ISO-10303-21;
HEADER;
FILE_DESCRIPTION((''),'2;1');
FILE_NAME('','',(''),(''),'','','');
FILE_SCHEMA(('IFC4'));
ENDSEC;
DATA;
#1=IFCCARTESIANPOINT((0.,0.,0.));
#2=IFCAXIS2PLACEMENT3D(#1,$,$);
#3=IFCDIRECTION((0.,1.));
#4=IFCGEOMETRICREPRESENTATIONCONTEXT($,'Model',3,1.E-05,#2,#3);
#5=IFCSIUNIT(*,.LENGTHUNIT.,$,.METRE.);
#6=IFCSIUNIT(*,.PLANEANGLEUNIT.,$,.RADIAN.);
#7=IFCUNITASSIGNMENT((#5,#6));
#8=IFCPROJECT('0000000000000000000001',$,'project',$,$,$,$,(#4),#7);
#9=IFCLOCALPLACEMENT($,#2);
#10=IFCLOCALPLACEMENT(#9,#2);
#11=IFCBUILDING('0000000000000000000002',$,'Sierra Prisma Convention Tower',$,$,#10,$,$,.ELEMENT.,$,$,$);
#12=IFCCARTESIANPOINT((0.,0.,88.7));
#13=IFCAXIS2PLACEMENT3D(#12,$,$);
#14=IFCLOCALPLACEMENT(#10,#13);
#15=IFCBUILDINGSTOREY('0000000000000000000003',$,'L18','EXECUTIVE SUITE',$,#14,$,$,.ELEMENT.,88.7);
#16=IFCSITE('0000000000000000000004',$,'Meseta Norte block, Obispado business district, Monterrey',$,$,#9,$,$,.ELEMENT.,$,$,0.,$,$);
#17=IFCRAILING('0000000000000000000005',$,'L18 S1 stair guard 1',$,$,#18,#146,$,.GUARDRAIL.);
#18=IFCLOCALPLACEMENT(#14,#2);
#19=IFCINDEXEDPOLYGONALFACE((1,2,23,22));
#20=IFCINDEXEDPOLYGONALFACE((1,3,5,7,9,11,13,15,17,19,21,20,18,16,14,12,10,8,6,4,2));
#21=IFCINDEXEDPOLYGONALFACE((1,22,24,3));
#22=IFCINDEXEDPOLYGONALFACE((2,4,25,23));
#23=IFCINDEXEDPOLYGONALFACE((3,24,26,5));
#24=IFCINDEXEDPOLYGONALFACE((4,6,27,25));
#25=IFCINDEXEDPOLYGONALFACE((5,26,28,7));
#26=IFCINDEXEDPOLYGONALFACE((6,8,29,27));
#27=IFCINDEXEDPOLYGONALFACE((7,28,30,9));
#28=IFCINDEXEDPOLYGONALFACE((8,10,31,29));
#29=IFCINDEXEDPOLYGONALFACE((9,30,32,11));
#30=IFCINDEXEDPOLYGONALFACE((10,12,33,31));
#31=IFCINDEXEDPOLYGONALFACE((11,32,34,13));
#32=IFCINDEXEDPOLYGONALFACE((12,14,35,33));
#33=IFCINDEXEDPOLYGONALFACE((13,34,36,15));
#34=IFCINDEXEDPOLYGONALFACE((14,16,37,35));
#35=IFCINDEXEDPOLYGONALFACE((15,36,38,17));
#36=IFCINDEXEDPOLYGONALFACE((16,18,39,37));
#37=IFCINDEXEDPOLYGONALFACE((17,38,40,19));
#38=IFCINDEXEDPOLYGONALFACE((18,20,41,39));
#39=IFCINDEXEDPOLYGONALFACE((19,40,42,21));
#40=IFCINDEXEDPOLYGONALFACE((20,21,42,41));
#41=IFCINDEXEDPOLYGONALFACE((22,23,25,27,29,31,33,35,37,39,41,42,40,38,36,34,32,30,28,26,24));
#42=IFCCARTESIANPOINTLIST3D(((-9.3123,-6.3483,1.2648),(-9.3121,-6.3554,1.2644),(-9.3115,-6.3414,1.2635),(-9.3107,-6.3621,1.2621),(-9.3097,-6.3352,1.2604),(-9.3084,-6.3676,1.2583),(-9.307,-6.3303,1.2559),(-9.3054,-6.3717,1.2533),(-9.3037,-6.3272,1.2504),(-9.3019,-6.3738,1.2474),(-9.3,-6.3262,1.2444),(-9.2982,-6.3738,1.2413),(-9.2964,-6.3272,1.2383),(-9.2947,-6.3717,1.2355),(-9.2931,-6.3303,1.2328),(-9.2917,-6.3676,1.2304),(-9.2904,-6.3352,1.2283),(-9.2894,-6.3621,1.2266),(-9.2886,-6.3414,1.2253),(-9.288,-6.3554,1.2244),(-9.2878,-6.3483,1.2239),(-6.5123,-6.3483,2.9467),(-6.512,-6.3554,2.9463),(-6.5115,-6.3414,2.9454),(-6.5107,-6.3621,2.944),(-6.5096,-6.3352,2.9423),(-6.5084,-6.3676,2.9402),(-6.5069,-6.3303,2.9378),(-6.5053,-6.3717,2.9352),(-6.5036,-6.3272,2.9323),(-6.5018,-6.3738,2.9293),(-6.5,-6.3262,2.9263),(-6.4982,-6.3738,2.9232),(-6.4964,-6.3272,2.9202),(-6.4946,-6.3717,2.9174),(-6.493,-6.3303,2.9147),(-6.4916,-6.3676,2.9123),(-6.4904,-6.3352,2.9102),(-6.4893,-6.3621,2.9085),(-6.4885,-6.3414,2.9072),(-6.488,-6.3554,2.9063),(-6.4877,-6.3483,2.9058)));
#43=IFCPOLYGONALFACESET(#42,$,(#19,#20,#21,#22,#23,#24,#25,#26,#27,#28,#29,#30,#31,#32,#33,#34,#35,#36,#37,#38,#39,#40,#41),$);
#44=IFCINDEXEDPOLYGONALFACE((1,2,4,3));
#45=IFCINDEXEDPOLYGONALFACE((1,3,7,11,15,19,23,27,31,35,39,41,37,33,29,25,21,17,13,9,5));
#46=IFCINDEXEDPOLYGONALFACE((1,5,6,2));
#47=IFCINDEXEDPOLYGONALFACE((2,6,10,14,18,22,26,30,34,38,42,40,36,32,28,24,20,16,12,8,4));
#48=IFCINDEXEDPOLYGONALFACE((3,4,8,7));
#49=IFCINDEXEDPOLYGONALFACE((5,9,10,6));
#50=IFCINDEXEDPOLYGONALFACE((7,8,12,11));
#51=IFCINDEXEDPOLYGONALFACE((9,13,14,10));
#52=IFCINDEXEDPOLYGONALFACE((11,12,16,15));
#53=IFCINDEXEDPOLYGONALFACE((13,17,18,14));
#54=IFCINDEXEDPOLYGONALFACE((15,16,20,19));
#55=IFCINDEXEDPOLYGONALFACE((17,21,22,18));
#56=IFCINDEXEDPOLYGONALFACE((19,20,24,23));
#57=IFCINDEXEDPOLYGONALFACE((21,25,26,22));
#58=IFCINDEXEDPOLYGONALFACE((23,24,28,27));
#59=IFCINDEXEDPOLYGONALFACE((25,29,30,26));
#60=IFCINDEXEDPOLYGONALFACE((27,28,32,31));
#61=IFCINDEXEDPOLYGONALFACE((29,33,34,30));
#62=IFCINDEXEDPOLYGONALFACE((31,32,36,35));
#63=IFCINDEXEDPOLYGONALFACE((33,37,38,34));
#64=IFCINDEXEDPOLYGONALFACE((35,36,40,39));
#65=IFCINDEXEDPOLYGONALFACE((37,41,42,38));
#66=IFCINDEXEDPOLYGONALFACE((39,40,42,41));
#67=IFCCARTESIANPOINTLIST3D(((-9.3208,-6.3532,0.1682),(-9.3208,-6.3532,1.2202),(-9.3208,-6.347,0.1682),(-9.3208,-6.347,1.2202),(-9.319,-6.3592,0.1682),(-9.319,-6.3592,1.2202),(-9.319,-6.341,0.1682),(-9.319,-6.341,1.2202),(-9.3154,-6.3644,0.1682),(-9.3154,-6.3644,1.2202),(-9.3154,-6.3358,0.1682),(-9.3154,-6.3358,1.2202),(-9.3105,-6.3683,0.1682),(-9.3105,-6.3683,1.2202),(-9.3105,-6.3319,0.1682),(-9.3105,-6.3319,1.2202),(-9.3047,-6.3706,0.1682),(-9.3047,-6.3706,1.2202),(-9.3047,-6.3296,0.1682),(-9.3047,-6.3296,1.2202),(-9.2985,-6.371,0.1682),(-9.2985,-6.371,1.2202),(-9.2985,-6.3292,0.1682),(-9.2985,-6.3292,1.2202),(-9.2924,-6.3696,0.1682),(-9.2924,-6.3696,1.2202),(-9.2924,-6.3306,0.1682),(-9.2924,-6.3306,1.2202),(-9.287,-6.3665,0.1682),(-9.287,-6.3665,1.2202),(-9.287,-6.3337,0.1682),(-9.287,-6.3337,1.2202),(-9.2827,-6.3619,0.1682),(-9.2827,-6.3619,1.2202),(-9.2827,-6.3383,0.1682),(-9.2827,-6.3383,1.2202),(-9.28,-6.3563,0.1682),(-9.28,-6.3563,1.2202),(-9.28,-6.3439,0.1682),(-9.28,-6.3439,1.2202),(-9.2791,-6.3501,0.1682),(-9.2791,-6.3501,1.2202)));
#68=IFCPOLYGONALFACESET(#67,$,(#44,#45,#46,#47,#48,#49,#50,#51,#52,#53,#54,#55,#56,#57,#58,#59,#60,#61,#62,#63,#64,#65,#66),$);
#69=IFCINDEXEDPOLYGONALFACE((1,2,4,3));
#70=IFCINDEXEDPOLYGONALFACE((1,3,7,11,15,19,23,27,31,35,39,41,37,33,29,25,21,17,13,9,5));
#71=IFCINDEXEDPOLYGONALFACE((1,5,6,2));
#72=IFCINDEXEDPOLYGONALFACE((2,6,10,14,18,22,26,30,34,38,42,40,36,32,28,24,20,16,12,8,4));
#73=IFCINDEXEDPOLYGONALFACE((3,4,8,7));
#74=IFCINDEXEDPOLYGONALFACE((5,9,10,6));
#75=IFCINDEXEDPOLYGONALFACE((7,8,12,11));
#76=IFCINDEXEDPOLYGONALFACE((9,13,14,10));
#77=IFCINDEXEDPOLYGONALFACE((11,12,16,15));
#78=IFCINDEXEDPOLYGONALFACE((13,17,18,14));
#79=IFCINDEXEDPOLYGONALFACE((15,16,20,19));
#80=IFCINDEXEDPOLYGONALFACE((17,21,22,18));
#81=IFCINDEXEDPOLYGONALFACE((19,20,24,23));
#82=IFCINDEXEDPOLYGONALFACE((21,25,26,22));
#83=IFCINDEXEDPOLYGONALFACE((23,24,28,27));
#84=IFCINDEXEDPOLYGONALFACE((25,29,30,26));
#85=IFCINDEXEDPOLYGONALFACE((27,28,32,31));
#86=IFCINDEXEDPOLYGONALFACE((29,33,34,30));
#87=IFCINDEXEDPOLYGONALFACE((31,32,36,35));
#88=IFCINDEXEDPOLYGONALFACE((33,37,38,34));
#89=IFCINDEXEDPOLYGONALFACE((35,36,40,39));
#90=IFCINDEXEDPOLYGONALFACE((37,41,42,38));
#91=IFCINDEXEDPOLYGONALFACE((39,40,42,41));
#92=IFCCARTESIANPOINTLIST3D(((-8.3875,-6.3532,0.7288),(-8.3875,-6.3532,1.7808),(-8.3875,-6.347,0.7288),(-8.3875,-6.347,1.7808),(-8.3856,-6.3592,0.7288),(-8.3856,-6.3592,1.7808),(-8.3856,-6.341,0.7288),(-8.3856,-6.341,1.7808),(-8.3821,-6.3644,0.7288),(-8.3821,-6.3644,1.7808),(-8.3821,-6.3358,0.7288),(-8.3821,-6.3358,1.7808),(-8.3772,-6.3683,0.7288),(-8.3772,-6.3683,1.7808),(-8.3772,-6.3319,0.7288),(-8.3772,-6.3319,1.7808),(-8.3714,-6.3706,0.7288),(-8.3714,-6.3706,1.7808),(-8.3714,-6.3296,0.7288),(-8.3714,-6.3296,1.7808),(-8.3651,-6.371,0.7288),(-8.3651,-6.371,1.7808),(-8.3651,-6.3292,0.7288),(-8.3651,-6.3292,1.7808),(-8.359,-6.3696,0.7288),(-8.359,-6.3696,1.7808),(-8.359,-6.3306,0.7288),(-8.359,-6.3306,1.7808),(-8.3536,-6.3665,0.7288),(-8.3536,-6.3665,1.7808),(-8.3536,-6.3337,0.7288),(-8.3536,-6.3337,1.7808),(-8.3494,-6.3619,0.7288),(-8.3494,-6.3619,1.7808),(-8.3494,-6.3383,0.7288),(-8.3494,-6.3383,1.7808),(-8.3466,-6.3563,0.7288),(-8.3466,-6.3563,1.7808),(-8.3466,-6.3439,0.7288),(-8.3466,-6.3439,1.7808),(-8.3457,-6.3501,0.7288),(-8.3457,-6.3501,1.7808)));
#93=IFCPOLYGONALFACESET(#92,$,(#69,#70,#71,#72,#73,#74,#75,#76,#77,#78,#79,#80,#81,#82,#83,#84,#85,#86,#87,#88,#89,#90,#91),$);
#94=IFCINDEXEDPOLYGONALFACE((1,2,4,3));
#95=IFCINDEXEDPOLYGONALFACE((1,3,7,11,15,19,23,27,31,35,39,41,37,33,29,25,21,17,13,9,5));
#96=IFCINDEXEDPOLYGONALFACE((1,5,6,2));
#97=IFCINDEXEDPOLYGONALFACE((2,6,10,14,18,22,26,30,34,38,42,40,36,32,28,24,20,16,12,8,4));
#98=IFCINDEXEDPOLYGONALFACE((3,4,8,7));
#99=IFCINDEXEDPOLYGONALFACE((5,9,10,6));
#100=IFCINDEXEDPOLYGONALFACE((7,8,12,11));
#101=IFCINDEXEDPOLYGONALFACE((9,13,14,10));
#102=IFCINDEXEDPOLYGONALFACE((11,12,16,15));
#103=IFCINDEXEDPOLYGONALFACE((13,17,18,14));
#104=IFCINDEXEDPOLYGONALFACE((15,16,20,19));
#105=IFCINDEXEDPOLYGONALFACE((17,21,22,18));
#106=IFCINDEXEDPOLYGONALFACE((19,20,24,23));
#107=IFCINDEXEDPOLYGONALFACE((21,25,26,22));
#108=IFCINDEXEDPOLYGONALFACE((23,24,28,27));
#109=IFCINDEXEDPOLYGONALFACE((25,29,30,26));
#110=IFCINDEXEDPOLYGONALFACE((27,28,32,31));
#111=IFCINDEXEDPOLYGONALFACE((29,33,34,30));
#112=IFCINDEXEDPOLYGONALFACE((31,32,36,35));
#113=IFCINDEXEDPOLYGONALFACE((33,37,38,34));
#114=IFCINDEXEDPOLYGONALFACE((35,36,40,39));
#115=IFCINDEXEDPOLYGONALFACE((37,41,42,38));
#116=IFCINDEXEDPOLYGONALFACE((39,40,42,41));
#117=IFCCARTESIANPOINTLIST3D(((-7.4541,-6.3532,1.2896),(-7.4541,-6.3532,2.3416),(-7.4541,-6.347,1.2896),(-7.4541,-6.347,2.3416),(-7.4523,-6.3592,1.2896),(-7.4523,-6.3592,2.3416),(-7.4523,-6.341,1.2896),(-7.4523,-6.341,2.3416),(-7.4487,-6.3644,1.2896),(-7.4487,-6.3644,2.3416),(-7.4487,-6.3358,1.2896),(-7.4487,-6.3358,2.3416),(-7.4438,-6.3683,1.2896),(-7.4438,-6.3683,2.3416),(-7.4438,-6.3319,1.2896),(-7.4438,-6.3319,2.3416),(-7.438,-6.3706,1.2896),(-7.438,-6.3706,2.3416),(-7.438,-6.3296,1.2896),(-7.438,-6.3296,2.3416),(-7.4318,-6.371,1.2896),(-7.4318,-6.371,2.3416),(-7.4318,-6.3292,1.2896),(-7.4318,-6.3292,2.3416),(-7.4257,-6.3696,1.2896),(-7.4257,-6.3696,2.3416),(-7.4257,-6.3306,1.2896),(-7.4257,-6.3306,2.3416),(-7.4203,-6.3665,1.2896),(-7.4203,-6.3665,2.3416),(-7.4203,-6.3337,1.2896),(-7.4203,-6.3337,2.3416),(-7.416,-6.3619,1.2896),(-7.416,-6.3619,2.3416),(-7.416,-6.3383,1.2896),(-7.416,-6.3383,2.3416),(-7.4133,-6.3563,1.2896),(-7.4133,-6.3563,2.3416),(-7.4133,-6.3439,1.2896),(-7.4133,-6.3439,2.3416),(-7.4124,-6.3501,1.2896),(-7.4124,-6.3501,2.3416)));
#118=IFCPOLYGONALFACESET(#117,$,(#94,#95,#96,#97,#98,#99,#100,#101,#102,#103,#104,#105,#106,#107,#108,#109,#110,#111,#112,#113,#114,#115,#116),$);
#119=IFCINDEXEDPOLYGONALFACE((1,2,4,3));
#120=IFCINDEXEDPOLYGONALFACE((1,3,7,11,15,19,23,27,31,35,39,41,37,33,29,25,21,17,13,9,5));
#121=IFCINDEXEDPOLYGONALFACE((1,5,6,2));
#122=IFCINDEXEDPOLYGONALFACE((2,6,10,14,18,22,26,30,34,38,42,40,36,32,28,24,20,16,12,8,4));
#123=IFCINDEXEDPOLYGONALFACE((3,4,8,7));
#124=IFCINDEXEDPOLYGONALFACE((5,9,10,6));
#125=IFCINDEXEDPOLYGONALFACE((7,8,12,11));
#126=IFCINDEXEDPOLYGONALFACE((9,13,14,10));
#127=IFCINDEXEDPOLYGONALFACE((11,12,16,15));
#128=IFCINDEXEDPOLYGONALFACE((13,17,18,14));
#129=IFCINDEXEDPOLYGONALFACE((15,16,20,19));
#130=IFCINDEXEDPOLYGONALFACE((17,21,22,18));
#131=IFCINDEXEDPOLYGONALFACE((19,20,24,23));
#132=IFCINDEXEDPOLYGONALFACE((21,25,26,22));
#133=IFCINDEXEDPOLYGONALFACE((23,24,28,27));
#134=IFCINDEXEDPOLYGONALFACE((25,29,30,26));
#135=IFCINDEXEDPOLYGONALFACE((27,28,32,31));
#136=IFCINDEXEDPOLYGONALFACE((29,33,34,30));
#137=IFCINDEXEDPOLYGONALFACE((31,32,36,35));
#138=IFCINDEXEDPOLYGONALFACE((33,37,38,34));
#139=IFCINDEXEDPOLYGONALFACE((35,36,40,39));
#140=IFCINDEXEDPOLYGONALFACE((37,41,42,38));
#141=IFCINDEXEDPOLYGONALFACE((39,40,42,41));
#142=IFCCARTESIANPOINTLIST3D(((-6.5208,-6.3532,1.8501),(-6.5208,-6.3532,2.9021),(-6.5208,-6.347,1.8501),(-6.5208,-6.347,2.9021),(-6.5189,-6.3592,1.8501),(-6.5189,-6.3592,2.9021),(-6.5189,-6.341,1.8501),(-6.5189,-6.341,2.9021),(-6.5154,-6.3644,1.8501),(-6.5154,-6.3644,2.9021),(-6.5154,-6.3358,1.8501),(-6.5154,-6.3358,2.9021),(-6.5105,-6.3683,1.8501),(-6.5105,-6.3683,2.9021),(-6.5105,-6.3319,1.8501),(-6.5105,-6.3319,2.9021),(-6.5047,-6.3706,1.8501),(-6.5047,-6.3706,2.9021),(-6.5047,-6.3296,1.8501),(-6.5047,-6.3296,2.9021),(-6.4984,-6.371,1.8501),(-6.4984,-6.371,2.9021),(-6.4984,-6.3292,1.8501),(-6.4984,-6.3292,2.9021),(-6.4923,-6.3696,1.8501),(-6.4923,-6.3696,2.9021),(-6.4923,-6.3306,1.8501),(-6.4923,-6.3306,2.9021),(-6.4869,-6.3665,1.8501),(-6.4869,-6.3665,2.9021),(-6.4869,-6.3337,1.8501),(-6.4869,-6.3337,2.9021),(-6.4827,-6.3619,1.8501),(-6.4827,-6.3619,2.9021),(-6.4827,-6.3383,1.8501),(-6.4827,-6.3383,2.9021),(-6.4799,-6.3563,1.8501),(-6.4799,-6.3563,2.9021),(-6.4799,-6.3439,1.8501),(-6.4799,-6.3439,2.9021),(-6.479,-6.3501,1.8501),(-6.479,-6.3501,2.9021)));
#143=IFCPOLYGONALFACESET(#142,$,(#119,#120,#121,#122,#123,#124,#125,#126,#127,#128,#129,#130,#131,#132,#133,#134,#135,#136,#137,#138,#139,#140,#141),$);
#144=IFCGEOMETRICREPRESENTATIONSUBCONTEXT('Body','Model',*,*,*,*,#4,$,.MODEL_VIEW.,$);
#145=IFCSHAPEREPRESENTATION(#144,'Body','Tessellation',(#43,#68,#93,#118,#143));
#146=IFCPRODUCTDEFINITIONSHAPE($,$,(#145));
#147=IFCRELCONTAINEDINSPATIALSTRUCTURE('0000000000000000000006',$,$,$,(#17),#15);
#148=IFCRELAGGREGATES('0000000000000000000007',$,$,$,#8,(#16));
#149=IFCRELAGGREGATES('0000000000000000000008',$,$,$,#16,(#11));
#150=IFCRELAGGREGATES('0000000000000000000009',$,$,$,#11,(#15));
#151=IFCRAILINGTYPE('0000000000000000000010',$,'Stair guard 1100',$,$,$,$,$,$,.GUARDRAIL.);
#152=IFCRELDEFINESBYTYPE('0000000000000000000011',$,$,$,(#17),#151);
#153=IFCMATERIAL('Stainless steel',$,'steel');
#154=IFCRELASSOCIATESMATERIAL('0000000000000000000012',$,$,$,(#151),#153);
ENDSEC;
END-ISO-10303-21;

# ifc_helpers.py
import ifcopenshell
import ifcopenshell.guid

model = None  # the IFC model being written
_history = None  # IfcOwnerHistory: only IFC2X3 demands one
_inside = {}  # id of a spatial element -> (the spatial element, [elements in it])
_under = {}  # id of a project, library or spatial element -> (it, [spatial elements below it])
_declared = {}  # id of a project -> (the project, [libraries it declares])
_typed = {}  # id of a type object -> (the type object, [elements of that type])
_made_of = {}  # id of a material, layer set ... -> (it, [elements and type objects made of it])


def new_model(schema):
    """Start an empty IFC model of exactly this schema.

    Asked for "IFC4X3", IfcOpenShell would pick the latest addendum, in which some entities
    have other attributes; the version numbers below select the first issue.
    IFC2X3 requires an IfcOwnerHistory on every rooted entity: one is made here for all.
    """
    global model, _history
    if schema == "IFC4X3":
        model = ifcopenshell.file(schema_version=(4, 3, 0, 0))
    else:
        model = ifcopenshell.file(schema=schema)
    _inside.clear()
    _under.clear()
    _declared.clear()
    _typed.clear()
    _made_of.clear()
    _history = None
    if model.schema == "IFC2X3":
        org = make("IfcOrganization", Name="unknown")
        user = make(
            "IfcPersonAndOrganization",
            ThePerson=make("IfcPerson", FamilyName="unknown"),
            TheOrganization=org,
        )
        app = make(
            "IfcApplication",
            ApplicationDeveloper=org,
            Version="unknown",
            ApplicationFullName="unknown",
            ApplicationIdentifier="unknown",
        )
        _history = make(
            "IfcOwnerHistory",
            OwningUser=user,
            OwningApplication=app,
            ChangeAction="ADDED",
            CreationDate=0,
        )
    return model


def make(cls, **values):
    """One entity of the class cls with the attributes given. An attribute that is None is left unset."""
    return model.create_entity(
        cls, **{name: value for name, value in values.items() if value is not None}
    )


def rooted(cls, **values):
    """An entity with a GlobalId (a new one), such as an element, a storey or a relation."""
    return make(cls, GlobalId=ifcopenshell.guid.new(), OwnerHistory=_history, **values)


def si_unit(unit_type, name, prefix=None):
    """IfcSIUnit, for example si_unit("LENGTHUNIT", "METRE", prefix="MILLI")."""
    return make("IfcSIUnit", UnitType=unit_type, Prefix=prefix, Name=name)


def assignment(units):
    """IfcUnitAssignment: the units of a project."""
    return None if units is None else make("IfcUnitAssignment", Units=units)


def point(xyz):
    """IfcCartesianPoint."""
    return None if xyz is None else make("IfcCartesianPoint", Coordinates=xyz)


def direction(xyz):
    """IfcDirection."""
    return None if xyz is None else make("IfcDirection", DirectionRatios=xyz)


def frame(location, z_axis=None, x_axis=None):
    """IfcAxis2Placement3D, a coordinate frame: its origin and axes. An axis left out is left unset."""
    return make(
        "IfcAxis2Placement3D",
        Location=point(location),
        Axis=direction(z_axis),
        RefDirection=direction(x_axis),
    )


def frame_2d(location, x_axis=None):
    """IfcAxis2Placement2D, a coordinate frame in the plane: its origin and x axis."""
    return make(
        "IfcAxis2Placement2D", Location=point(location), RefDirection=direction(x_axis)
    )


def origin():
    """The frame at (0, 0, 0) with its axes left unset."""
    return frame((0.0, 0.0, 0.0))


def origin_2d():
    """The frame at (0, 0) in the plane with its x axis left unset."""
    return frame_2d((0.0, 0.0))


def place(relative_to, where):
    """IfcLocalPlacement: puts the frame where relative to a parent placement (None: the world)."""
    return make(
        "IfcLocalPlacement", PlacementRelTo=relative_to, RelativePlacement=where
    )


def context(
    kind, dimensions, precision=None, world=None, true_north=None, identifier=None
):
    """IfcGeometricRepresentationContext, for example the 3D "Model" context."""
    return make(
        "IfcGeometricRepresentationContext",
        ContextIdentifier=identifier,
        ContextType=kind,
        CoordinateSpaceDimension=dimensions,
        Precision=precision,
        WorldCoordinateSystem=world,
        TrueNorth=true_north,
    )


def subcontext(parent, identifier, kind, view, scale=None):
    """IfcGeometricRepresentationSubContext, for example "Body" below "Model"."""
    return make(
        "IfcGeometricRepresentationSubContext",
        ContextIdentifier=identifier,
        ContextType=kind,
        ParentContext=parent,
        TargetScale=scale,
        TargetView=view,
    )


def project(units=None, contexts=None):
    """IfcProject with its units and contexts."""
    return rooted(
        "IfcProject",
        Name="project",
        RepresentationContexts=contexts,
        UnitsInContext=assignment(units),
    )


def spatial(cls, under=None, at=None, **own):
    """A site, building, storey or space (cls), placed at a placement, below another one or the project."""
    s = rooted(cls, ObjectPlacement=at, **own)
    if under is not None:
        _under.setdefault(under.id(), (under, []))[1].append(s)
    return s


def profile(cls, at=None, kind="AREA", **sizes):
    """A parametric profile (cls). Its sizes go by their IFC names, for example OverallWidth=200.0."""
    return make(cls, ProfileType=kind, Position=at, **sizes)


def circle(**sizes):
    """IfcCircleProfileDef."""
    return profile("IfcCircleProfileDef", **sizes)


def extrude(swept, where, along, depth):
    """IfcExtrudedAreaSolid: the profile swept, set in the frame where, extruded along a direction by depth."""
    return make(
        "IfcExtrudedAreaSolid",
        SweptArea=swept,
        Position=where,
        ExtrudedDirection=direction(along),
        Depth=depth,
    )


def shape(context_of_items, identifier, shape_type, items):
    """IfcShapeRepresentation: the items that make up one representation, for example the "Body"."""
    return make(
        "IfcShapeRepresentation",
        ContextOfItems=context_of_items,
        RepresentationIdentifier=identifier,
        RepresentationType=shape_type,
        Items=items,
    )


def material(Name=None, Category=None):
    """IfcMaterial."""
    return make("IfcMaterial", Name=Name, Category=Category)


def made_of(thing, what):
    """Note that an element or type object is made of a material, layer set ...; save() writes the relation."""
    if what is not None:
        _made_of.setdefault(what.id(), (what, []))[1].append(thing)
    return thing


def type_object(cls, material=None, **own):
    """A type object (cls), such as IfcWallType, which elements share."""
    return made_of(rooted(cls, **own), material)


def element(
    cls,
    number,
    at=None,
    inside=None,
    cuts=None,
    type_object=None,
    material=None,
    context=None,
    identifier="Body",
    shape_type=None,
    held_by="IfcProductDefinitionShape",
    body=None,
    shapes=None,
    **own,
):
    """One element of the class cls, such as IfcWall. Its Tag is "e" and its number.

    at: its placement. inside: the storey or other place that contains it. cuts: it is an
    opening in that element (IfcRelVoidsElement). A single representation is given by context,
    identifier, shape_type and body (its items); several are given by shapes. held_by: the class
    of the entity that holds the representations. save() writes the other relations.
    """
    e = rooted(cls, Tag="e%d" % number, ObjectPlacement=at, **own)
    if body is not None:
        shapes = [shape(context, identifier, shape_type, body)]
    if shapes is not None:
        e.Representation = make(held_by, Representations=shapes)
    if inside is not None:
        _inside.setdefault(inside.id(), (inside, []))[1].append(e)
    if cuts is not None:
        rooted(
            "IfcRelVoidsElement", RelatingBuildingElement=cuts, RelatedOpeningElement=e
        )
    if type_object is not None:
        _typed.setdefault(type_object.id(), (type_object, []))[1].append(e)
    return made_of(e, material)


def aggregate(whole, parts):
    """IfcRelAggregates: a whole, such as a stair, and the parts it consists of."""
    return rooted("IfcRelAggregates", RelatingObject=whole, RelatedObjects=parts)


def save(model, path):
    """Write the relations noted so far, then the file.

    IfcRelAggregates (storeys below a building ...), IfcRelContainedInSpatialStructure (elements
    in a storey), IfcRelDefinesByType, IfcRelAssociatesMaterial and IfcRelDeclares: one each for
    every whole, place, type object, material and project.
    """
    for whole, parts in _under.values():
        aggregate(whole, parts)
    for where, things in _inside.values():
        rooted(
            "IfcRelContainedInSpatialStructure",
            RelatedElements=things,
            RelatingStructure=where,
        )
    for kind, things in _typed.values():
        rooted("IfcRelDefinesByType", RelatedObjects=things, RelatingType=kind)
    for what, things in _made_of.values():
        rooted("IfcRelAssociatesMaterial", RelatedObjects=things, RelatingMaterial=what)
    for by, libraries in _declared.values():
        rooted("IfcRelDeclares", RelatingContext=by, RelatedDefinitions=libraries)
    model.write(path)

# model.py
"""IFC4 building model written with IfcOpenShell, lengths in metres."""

from ifc_helpers import new_model, si_unit, direction, frame, origin, origin_2d, place, context, subcontext, project, spatial, circle, extrude, material, type_object, element, save


model = new_model("IFC4")

# Units and contexts
model_context = context("Model", 3, precision=1e-05, world=origin(), true_north=direction((0.0, 1.0)))
body_context = subcontext(model_context, "Body", "Model", "MODEL_VIEW")
ifc_project = project(units=[si_unit("LENGTHUNIT", "METRE"), si_unit("PLANEANGLEUNIT", "RADIAN")], contexts=[model_context])

# Site, building, storey
site_placement = place(None, origin())
site = spatial("IfcSite", under=ifc_project, at=site_placement, Name="Meseta Norte block, Obispado business district, Monterrey", CompositionType="ELEMENT", RefElevation=0.0)
building_placement = place(site_placement, origin())
building = spatial("IfcBuilding", under=site, at=building_placement, Name="Sierra Prisma Convention Tower", CompositionType="ELEMENT")
storey_placement = place(building_placement, frame((0.0, 0.0, 88.7)))
storey = spatial("IfcBuildingStorey", under=building, at=storey_placement, Name="L18", Description="EXECUTIVE SUITE", CompositionType="ELEMENT", Elevation=88.7)

# Railing
ifc_material_1 = material(Name="Stainless steel", Category="steel")
railing_type_1 = type_object("IfcRailingType", Name="Stair guard 1100", PredefinedType="GUARDRAIL", material=ifc_material_1)
railing_1_placement = place(storey_placement, frame((-9.3, -6.3501, 0.1682)))
element("IfcRailing", 1, at=railing_1_placement, inside=storey, type_object=railing_type_1, Name="L18 S1 stair guard 1", PredefinedType="GUARDRAIL", context=body_context, shape_type="SweptSolid", body=[
    extrude(circle(Radius=0.0239, at=origin_2d()), frame((0.0, 0.0, 1.0762), z_axis=(0.857242, 0.0, 0.514913), x_axis=(0.0, 1.0, 0.0)), (0.0, 0.0, 1.0), 3.2664),
    extrude(circle(Radius=0.021, at=origin_2d()), origin(), (0.0, 0.0, 1.0), 1.052),
    extrude(circle(Radius=0.021, at=origin_2d()), frame((0.9333, 0.0, 0.5605)), (0.0, 0.0, 1.0), 1.052),
    extrude(circle(Radius=0.021, at=origin_2d()), frame((1.8667, 0.0, 1.1213)), (0.0, 0.0, 1.0), 1.052),
    extrude(circle(Radius=0.021, at=origin_2d()), frame((2.8, 0.0, 1.6819)), (0.0, 0.0, 1.0), 1.052),
])

save(model, "model.ifc")
